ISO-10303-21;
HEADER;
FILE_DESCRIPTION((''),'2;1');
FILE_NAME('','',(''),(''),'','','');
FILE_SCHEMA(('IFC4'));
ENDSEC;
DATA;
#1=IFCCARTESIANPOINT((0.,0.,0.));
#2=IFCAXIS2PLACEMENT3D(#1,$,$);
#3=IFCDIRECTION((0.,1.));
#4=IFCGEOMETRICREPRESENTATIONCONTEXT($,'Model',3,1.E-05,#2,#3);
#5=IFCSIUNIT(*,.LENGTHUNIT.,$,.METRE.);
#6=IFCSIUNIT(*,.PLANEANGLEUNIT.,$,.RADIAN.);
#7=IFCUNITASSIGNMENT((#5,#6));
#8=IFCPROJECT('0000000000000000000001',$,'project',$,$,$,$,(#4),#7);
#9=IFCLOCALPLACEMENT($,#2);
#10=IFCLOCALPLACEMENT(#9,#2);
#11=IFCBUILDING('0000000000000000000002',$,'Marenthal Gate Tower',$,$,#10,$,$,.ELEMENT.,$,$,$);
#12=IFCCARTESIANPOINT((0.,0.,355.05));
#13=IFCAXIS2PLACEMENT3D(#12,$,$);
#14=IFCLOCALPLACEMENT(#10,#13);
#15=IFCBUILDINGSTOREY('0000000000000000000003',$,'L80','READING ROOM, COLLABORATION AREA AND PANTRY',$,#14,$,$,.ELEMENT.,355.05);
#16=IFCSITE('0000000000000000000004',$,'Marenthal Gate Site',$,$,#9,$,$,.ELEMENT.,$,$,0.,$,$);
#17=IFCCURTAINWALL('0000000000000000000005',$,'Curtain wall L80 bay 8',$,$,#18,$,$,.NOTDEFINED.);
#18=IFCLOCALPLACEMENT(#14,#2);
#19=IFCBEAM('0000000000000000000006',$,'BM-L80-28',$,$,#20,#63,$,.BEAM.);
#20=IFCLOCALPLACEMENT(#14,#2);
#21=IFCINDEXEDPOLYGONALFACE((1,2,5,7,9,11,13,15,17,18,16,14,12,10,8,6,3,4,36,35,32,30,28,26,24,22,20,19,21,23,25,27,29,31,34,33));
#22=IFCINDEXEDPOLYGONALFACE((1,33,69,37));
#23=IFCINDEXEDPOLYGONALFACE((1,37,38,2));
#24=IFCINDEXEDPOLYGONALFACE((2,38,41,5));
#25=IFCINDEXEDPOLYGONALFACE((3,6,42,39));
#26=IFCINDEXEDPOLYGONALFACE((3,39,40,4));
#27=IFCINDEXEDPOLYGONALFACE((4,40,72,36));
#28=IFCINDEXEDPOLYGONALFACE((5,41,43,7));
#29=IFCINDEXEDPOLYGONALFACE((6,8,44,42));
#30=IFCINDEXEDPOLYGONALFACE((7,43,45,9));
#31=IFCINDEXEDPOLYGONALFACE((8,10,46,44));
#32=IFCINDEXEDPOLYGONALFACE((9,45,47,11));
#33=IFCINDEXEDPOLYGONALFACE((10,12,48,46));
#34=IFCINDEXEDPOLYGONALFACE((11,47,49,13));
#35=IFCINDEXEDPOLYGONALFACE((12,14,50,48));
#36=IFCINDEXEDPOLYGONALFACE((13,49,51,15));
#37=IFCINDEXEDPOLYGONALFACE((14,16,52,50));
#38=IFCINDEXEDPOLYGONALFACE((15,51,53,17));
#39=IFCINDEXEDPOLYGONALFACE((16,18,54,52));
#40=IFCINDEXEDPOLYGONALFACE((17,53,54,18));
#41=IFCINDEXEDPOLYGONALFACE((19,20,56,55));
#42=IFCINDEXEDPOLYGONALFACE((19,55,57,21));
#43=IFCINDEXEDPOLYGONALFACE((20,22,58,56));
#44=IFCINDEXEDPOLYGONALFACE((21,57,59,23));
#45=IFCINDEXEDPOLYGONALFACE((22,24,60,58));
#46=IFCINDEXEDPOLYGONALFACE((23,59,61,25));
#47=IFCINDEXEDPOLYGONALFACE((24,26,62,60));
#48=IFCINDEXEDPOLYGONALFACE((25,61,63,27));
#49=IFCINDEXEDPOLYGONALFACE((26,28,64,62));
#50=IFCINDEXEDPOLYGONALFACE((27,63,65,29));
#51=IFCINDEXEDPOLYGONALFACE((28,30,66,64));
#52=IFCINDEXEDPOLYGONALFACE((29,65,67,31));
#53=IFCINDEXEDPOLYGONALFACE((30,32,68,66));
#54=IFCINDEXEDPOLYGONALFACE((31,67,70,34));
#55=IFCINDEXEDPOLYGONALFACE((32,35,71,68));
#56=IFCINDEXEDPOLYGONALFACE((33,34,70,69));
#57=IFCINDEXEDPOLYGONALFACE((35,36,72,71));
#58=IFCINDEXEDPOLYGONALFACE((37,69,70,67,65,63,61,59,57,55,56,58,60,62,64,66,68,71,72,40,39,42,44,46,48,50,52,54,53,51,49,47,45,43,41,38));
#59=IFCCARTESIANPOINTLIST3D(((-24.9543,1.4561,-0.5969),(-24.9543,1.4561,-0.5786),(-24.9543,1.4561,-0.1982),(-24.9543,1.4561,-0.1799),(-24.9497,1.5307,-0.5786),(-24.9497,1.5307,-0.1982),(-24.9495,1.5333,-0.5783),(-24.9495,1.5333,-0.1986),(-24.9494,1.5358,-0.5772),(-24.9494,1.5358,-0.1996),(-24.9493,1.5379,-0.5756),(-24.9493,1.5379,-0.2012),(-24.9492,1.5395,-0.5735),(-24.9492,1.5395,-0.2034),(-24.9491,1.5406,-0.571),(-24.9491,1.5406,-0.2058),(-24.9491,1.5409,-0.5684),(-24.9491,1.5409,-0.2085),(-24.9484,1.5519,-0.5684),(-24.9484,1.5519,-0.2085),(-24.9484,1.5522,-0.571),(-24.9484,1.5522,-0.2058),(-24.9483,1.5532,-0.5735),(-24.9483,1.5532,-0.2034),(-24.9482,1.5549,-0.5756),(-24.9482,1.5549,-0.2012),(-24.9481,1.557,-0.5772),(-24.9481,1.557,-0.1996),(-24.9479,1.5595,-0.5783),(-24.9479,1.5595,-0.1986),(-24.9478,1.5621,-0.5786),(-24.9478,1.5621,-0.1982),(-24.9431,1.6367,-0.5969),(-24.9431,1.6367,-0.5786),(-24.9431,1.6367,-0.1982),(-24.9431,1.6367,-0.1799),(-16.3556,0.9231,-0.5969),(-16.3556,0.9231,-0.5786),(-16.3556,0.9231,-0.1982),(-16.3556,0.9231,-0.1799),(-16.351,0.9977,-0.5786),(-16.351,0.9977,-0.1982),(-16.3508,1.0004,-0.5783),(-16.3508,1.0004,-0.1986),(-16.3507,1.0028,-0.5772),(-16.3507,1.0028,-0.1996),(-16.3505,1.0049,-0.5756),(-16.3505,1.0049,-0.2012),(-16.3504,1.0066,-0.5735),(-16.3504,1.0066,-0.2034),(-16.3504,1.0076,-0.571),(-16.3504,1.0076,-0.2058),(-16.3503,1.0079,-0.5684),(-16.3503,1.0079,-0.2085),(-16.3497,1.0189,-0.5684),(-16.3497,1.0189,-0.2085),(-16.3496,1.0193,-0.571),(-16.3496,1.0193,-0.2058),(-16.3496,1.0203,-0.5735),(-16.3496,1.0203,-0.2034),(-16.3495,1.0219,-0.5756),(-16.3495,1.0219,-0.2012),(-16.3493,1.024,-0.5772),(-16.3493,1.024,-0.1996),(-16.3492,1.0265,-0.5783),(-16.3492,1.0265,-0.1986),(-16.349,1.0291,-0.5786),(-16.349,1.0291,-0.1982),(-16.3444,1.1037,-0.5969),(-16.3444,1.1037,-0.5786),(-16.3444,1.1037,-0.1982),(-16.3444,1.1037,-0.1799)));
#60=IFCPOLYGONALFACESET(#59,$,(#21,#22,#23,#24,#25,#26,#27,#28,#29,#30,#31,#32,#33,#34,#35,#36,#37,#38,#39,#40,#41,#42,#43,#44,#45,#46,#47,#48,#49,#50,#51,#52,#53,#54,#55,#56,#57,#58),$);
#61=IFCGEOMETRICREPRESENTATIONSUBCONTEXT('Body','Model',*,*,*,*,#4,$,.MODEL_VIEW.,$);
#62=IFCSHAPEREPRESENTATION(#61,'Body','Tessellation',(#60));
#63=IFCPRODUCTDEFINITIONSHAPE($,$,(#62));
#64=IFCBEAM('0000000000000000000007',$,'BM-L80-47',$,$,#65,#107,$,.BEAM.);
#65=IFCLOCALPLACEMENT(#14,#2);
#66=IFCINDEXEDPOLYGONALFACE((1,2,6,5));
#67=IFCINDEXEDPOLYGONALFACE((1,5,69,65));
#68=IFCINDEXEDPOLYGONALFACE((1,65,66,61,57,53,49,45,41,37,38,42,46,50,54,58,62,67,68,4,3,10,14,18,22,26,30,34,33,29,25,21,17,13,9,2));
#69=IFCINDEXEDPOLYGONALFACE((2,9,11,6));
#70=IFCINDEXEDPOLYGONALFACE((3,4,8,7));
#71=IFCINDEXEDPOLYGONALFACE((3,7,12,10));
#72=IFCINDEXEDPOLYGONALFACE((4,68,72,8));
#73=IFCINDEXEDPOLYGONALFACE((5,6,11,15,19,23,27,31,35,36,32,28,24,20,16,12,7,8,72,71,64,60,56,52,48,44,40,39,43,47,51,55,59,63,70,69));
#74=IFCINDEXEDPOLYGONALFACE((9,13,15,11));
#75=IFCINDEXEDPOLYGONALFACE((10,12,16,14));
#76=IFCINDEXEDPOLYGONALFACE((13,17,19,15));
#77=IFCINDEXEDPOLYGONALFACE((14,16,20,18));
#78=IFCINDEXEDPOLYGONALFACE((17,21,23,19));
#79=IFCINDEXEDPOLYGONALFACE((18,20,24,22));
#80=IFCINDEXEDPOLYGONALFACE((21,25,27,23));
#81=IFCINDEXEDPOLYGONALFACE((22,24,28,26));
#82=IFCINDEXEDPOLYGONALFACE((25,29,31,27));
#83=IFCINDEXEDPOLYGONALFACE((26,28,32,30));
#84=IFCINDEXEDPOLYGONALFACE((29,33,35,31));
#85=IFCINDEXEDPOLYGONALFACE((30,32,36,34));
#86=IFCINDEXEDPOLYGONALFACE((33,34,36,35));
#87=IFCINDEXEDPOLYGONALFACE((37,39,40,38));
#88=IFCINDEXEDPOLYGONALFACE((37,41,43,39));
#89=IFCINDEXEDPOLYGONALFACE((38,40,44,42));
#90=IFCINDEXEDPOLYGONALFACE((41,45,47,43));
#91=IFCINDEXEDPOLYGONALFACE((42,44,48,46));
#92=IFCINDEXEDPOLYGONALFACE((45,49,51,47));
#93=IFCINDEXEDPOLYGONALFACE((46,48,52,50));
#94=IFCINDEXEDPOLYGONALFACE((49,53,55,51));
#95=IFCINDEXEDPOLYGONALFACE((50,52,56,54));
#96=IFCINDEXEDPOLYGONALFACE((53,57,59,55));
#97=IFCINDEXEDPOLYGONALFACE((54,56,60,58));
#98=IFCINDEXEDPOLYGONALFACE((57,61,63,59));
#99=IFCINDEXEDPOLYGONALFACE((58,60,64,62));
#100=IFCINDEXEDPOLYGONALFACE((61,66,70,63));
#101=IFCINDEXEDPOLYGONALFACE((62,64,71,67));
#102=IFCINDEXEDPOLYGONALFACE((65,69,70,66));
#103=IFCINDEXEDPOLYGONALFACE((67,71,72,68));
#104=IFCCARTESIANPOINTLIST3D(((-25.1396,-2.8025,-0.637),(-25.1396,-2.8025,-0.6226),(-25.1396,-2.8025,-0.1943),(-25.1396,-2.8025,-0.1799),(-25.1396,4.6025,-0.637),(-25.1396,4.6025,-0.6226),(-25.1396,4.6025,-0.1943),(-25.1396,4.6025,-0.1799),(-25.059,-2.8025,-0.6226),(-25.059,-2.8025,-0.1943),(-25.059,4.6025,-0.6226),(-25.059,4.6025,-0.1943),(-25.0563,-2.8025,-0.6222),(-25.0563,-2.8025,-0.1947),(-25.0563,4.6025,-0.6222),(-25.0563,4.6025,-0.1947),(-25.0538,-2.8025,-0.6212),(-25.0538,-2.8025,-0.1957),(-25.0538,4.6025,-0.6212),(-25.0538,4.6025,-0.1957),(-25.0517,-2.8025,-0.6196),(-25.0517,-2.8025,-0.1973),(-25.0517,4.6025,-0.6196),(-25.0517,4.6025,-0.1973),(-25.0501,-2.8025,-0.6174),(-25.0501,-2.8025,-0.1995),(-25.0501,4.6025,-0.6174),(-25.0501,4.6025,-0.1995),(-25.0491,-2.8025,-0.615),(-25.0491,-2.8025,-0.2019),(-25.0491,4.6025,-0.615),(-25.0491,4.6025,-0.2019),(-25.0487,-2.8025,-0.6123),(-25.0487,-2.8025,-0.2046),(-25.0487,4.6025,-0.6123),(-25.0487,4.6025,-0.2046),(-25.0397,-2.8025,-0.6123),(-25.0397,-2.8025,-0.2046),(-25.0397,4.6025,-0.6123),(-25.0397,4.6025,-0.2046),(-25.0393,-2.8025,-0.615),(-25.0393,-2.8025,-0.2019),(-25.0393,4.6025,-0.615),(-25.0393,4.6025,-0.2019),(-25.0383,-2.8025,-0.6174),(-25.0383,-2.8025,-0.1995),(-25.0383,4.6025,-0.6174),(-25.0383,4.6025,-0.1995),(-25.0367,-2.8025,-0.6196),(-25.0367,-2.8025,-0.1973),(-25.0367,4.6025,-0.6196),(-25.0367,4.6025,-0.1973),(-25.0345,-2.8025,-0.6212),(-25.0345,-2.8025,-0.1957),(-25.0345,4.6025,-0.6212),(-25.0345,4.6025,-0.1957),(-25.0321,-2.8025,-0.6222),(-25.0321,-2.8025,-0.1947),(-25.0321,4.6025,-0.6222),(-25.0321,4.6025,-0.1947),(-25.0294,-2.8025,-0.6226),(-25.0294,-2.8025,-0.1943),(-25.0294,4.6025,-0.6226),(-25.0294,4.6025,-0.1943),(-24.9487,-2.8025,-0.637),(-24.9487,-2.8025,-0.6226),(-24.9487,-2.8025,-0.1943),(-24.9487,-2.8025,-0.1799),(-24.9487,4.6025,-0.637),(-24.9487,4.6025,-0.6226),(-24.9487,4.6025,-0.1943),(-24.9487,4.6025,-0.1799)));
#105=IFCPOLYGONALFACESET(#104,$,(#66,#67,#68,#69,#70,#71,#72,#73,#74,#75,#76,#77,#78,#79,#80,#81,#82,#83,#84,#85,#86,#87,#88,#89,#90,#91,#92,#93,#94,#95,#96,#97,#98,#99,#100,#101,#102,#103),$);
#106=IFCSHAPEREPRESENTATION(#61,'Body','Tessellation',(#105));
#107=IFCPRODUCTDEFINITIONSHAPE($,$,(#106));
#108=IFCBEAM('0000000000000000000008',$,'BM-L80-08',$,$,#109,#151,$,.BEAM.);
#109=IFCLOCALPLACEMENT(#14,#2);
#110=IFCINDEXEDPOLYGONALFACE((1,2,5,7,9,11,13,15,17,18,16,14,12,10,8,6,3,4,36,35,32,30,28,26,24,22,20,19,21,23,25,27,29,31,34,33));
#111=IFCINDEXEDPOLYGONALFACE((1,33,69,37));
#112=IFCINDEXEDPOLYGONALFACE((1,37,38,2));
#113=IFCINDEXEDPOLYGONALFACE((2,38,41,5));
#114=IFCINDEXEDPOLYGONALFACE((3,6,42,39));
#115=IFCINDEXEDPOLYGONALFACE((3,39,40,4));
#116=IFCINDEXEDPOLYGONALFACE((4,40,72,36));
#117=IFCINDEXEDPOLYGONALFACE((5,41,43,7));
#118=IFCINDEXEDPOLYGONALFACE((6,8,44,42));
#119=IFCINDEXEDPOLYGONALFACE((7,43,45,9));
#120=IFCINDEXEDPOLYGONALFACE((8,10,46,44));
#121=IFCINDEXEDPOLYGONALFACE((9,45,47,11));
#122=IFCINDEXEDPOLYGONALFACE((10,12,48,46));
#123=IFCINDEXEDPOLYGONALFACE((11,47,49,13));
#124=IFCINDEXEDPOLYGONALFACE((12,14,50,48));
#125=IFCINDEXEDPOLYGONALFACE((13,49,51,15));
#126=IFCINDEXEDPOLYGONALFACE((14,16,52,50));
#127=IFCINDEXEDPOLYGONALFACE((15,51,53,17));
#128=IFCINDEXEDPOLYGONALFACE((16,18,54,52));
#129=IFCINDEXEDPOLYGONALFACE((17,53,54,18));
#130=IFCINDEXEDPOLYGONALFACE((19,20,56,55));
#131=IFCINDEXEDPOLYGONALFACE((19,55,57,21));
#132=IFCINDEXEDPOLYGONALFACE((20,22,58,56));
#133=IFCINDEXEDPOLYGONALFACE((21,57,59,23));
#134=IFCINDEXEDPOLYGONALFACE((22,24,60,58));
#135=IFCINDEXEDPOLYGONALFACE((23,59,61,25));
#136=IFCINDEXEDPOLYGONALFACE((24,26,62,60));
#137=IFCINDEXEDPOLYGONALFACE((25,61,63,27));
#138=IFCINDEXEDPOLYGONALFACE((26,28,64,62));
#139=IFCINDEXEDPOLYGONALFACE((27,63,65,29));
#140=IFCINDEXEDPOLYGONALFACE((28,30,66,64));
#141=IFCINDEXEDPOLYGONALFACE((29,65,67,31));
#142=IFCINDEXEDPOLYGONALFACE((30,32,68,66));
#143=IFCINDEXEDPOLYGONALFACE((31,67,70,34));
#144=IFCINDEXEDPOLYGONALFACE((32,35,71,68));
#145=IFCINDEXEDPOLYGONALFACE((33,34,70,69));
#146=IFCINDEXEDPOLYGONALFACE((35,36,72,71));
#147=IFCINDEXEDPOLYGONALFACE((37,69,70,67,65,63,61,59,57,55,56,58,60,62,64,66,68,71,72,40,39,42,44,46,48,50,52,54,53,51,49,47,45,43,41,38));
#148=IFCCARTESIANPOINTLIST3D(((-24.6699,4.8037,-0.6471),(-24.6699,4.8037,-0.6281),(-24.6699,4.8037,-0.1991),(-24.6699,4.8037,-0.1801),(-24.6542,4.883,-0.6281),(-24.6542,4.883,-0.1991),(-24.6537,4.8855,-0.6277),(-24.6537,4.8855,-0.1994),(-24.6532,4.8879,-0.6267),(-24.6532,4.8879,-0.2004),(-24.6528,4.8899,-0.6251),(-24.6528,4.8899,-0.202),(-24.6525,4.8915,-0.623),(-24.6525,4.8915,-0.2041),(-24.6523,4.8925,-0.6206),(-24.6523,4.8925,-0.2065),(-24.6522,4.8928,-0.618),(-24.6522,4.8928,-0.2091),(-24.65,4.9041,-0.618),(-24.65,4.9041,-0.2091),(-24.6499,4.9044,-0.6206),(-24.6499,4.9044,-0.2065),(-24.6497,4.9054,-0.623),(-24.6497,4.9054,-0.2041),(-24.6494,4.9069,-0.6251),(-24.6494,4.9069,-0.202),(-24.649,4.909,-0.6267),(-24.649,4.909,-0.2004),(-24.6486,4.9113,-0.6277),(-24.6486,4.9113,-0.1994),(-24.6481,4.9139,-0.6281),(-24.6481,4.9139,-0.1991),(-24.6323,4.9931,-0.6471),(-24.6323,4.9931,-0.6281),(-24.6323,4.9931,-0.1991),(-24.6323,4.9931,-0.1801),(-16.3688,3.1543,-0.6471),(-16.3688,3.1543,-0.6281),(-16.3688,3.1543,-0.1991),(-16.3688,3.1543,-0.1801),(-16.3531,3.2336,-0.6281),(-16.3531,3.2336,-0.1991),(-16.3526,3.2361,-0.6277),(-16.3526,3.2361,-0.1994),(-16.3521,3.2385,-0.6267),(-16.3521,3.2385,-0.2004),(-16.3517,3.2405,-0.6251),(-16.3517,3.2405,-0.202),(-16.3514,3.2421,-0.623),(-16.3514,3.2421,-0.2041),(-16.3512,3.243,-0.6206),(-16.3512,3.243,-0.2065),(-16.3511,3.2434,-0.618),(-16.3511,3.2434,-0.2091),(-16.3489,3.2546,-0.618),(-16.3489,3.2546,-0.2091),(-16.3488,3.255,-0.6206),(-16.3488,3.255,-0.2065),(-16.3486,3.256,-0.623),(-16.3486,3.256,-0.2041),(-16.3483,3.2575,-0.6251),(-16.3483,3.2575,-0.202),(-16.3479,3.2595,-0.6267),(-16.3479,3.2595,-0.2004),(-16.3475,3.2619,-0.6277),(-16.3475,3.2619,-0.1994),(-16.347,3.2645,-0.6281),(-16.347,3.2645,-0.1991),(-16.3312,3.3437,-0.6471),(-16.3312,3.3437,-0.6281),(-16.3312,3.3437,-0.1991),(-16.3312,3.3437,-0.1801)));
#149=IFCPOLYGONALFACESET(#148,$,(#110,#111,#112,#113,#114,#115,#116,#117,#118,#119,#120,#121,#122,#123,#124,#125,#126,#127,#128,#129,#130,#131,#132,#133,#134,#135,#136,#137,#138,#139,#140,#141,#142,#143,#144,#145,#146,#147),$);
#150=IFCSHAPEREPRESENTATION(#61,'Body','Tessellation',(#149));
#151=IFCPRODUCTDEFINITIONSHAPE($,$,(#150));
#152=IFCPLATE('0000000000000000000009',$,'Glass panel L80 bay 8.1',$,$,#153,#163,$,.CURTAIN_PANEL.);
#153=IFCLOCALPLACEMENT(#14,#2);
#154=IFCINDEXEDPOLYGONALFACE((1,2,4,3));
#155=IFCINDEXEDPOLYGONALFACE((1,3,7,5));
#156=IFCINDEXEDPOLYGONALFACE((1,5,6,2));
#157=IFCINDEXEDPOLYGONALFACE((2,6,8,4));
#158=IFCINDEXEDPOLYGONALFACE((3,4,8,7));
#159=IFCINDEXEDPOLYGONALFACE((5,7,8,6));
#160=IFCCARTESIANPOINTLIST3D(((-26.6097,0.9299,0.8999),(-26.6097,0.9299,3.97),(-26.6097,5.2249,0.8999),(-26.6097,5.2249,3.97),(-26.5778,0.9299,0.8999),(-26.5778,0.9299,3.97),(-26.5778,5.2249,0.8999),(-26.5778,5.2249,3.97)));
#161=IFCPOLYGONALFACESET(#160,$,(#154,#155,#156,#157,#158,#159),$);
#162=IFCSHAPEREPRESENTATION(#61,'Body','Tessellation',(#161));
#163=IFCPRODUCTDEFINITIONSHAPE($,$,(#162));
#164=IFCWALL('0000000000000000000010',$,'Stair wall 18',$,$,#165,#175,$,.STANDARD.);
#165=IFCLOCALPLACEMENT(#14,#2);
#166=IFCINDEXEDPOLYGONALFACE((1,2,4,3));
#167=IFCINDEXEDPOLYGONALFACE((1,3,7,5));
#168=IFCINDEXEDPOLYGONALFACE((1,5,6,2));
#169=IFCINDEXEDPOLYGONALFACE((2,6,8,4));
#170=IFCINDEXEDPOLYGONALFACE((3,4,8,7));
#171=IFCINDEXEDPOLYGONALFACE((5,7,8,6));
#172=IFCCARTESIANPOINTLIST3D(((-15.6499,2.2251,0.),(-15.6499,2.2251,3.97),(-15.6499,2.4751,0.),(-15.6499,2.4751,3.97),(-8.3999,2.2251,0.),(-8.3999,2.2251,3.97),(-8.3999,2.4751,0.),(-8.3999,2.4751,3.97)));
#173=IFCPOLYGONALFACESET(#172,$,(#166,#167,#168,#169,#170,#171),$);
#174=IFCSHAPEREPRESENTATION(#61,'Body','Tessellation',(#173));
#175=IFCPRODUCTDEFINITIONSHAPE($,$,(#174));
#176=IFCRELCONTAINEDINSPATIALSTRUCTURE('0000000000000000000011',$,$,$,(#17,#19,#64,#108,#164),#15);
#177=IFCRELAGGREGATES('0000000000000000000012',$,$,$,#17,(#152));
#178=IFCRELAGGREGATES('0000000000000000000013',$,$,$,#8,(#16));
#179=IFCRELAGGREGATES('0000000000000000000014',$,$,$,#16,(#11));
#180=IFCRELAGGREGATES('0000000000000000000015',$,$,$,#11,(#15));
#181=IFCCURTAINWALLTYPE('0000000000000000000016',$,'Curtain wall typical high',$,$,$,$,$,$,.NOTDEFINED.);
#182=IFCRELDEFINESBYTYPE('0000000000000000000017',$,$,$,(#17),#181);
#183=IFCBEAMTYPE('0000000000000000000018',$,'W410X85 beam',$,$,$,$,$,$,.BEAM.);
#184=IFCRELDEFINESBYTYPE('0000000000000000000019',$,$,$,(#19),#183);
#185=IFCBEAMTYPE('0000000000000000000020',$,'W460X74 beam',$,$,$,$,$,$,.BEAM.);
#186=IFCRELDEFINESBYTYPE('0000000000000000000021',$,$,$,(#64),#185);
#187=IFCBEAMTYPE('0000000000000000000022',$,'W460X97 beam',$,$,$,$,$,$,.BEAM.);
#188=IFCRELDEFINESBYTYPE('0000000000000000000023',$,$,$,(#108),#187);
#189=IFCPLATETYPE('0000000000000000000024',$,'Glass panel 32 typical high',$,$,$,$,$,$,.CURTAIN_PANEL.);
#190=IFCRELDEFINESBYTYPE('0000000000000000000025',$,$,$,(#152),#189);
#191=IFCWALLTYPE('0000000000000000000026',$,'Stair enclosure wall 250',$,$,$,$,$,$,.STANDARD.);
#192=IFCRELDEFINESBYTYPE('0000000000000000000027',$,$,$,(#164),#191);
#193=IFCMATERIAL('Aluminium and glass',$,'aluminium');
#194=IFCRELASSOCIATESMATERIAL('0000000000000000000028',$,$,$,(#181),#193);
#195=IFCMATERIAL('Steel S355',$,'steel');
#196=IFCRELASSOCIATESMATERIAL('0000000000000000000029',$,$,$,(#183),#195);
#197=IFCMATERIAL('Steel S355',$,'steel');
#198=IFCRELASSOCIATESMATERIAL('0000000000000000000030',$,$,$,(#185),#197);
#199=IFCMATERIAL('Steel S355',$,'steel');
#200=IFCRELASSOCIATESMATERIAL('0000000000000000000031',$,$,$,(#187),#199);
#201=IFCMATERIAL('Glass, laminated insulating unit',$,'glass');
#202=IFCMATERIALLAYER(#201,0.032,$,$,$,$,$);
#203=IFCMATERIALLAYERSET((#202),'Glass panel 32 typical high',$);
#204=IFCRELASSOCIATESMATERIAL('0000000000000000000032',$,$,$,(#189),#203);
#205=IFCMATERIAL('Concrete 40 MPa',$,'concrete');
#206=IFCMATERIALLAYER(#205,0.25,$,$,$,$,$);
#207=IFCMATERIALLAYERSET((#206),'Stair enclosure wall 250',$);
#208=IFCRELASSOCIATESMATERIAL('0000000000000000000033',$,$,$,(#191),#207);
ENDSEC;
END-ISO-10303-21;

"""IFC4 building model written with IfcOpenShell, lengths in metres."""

from ifc_helpers import new_model, si_unit, direction, frame, frame_2d, origin, origin_2d, place, context, subcontext, project, spatial, rectangle, i_section, extrude, material, layer, layer_set, material_profile, profile_set, type_object, element, aggregate, save


model = new_model("IFC4")

# Units and contexts
model_context = context("Model", 3, precision=1e-05, world=origin(), true_north=direction((0.0, 1.0)))
body_context = subcontext(model_context, "Body", "Model", "MODEL_VIEW")
ifc_project = project(units=[si_unit("LENGTHUNIT", "METRE"), si_unit("PLANEANGLEUNIT", "RADIAN")], contexts=[model_context])

# Site, building, storey
site_placement = place(None, origin())
site = spatial("IfcSite", under=ifc_project, at=site_placement, Name="Marenthal Gate Site", CompositionType="ELEMENT", RefElevation=0.0)
building_placement = place(site_placement, origin())
building = spatial("IfcBuilding", under=site, at=building_placement, Name="Marenthal Gate Tower", CompositionType="ELEMENT")
storey_placement = place(building_placement, frame((0.0, 0.0, 355.05)))
storey = spatial("IfcBuildingStorey", under=building, at=storey_placement, Name="L80", Description="READING ROOM, COLLABORATION AREA AND PANTRY", CompositionType="ELEMENT", Elevation=355.05)

# Curtain wall
ifc_material_1 = material(Name="Aluminium and glass", Category="aluminium")
curtain_wall_type = type_object("IfcCurtainWallType", Name="Curtain wall typical high", PredefinedType="NOTDEFINED", material=ifc_material_1)
curtain_wall_placement = place(storey_placement, origin())
curtain_wall = element("IfcCurtainWall", 1, at=curtain_wall_placement, inside=storey, type_object=curtain_wall_type, Name="Curtain wall L80 bay 8", PredefinedType="NOTDEFINED")

# Beams
ifc_material_2 = material(Name="Steel S355", Category="steel")
ifc_material_profile_1 = material_profile(ifc_material_2, i_section(OverallWidth=0.1809, OverallDepth=0.417, WebThickness=0.011, FlangeThickness=0.0183, FilletRadius=0.0103, at=origin_2d()), Name="W410X85")
ifc_profile_set_1 = profile_set([ifc_material_profile_1], Name="Steel S355")
beam_type_1 = type_object("IfcBeamType", Name="W410X85 beam", PredefinedType="BEAM", material=ifc_profile_set_1)
beam_1_placement = place(storey_placement, frame((-24.9487, 1.5464, -0.3884), z_axis=(0.998085, -0.061863, 0.0), x_axis=(0.061863, 0.998085, 0.0)))
element("IfcBeam", 2, at=beam_1_placement, inside=storey, type_object=beam_type_1, Name="BM-L80-28", PredefinedType="BEAM", context=body_context, shape_type="SweptSolid", body=[
    extrude(i_section(OverallWidth=0.1809, OverallDepth=0.417, WebThickness=0.011, FlangeThickness=0.0183, FilletRadius=0.0103, at=origin_2d()), origin(), (0.0, 0.0, 1.0), 8.6152),
])
ifc_material_3 = material(Name="Steel S355", Category="steel")
ifc_material_profile_2 = material_profile(ifc_material_3, i_section(OverallWidth=0.1909, OverallDepth=0.457, WebThickness=0.009, FlangeThickness=0.0144, FilletRadius=0.0103, at=origin_2d()), Name="W460X74")
ifc_profile_set_2 = profile_set([ifc_material_profile_2], Name="Steel S355")
beam_type_2 = type_object("IfcBeamType", Name="W460X74 beam", PredefinedType="BEAM", material=ifc_profile_set_2)
beam_2_placement = place(storey_placement, frame((-25.0442, 4.6025, -0.4084), z_axis=(0.0, -1.0, 0.0), x_axis=(1.0, 0.0, 0.0)))
element("IfcBeam", 3, at=beam_2_placement, inside=storey, type_object=beam_type_2, Name="BM-L80-47", PredefinedType="BEAM", context=body_context, shape_type="SweptSolid", body=[
    extrude(i_section(OverallWidth=0.1909, OverallDepth=0.457, WebThickness=0.009, FlangeThickness=0.0144, FilletRadius=0.0103, at=origin_2d()), origin(), (0.0, 0.0, 1.0), 7.405),
])
ifc_material_4 = material(Name="Steel S355", Category="steel")
ifc_material_profile_3 = material_profile(ifc_material_4, i_section(OverallWidth=0.1931, OverallDepth=0.467, WebThickness=0.0115, FlangeThickness=0.019, FilletRadius=0.01, at=origin_2d()), Name="W460X97")
ifc_profile_set_3 = profile_set([ifc_material_profile_3], Name="Steel S355")
beam_type_3 = type_object("IfcBeamType", Name="W460X97 beam", PredefinedType="BEAM", material=ifc_profile_set_3)
beam_3_placement = place(storey_placement, frame((-24.6511, 4.8984, -0.4136), z_axis=(0.980825, -0.19489, 0.0), x_axis=(0.19489, 0.980825, 0.0)))
element("IfcBeam", 4, at=beam_3_placement, inside=storey, type_object=beam_type_3, Name="BM-L80-08", PredefinedType="BEAM", context=body_context, shape_type="SweptSolid", body=[
    extrude(i_section(OverallWidth=0.1931, OverallDepth=0.467, WebThickness=0.0115, FlangeThickness=0.019, FilletRadius=0.01, at=origin_2d()), origin(), (0.0, 0.0, 1.0), 8.4634),
])

# Plate
ifc_material_5 = material(Name="Glass, laminated insulating unit", Category="glass")
ifc_layer_1 = layer(ifc_material_5, 0.032)
ifc_layer_set_1 = layer_set([ifc_layer_1], Name="Glass panel 32 typical high")
plate_type = type_object("IfcPlateType", Name="Glass panel 32 typical high", PredefinedType="CURTAIN_PANEL", material=ifc_layer_set_1)
plate_placement = place(storey_placement, frame((-26.5938, 3.0774, 0.8999), z_axis=(0.0, 0.0, 1.0), x_axis=(0.0, -1.0, 0.0)))
plate = element("IfcPlate", 5, at=plate_placement, type_object=plate_type, Name="Glass panel L80 bay 8.1", PredefinedType="CURTAIN_PANEL", context=body_context, shape_type="SweptSolid", body=[
    extrude(rectangle(XDim=4.2949, YDim=0.032, at=origin_2d()), origin(), (0.0, 0.0, 1.0), 3.0701),
])
aggregate(curtain_wall, [plate])

# Wall
ifc_material_6 = material(Name="Concrete 40 MPa", Category="concrete")
ifc_layer_2 = layer(ifc_material_6, 0.25)
ifc_layer_set_2 = layer_set([ifc_layer_2], Name="Stair enclosure wall 250")
wall_type_1 = type_object("IfcWallType", Name="Stair enclosure wall 250", PredefinedType="STANDARD", material=ifc_layer_set_2)
wall_1_placement = place(storey_placement, frame((-15.6499, 2.3501, 0.0), z_axis=(0.0, 0.0, 1.0), x_axis=(1.0, 0.0, 0.0)))
element("IfcWall", 6, at=wall_1_placement, inside=storey, type_object=wall_type_1, Name="Stair wall 18", PredefinedType="STANDARD", context=body_context, shape_type="SweptSolid", body=[
    extrude(rectangle(XDim=7.25, YDim=0.25, at=frame_2d((3.625, 0.0))), origin(), (0.0, 0.0, 1.0), 3.97),
])

save(model, "model.ifc")
